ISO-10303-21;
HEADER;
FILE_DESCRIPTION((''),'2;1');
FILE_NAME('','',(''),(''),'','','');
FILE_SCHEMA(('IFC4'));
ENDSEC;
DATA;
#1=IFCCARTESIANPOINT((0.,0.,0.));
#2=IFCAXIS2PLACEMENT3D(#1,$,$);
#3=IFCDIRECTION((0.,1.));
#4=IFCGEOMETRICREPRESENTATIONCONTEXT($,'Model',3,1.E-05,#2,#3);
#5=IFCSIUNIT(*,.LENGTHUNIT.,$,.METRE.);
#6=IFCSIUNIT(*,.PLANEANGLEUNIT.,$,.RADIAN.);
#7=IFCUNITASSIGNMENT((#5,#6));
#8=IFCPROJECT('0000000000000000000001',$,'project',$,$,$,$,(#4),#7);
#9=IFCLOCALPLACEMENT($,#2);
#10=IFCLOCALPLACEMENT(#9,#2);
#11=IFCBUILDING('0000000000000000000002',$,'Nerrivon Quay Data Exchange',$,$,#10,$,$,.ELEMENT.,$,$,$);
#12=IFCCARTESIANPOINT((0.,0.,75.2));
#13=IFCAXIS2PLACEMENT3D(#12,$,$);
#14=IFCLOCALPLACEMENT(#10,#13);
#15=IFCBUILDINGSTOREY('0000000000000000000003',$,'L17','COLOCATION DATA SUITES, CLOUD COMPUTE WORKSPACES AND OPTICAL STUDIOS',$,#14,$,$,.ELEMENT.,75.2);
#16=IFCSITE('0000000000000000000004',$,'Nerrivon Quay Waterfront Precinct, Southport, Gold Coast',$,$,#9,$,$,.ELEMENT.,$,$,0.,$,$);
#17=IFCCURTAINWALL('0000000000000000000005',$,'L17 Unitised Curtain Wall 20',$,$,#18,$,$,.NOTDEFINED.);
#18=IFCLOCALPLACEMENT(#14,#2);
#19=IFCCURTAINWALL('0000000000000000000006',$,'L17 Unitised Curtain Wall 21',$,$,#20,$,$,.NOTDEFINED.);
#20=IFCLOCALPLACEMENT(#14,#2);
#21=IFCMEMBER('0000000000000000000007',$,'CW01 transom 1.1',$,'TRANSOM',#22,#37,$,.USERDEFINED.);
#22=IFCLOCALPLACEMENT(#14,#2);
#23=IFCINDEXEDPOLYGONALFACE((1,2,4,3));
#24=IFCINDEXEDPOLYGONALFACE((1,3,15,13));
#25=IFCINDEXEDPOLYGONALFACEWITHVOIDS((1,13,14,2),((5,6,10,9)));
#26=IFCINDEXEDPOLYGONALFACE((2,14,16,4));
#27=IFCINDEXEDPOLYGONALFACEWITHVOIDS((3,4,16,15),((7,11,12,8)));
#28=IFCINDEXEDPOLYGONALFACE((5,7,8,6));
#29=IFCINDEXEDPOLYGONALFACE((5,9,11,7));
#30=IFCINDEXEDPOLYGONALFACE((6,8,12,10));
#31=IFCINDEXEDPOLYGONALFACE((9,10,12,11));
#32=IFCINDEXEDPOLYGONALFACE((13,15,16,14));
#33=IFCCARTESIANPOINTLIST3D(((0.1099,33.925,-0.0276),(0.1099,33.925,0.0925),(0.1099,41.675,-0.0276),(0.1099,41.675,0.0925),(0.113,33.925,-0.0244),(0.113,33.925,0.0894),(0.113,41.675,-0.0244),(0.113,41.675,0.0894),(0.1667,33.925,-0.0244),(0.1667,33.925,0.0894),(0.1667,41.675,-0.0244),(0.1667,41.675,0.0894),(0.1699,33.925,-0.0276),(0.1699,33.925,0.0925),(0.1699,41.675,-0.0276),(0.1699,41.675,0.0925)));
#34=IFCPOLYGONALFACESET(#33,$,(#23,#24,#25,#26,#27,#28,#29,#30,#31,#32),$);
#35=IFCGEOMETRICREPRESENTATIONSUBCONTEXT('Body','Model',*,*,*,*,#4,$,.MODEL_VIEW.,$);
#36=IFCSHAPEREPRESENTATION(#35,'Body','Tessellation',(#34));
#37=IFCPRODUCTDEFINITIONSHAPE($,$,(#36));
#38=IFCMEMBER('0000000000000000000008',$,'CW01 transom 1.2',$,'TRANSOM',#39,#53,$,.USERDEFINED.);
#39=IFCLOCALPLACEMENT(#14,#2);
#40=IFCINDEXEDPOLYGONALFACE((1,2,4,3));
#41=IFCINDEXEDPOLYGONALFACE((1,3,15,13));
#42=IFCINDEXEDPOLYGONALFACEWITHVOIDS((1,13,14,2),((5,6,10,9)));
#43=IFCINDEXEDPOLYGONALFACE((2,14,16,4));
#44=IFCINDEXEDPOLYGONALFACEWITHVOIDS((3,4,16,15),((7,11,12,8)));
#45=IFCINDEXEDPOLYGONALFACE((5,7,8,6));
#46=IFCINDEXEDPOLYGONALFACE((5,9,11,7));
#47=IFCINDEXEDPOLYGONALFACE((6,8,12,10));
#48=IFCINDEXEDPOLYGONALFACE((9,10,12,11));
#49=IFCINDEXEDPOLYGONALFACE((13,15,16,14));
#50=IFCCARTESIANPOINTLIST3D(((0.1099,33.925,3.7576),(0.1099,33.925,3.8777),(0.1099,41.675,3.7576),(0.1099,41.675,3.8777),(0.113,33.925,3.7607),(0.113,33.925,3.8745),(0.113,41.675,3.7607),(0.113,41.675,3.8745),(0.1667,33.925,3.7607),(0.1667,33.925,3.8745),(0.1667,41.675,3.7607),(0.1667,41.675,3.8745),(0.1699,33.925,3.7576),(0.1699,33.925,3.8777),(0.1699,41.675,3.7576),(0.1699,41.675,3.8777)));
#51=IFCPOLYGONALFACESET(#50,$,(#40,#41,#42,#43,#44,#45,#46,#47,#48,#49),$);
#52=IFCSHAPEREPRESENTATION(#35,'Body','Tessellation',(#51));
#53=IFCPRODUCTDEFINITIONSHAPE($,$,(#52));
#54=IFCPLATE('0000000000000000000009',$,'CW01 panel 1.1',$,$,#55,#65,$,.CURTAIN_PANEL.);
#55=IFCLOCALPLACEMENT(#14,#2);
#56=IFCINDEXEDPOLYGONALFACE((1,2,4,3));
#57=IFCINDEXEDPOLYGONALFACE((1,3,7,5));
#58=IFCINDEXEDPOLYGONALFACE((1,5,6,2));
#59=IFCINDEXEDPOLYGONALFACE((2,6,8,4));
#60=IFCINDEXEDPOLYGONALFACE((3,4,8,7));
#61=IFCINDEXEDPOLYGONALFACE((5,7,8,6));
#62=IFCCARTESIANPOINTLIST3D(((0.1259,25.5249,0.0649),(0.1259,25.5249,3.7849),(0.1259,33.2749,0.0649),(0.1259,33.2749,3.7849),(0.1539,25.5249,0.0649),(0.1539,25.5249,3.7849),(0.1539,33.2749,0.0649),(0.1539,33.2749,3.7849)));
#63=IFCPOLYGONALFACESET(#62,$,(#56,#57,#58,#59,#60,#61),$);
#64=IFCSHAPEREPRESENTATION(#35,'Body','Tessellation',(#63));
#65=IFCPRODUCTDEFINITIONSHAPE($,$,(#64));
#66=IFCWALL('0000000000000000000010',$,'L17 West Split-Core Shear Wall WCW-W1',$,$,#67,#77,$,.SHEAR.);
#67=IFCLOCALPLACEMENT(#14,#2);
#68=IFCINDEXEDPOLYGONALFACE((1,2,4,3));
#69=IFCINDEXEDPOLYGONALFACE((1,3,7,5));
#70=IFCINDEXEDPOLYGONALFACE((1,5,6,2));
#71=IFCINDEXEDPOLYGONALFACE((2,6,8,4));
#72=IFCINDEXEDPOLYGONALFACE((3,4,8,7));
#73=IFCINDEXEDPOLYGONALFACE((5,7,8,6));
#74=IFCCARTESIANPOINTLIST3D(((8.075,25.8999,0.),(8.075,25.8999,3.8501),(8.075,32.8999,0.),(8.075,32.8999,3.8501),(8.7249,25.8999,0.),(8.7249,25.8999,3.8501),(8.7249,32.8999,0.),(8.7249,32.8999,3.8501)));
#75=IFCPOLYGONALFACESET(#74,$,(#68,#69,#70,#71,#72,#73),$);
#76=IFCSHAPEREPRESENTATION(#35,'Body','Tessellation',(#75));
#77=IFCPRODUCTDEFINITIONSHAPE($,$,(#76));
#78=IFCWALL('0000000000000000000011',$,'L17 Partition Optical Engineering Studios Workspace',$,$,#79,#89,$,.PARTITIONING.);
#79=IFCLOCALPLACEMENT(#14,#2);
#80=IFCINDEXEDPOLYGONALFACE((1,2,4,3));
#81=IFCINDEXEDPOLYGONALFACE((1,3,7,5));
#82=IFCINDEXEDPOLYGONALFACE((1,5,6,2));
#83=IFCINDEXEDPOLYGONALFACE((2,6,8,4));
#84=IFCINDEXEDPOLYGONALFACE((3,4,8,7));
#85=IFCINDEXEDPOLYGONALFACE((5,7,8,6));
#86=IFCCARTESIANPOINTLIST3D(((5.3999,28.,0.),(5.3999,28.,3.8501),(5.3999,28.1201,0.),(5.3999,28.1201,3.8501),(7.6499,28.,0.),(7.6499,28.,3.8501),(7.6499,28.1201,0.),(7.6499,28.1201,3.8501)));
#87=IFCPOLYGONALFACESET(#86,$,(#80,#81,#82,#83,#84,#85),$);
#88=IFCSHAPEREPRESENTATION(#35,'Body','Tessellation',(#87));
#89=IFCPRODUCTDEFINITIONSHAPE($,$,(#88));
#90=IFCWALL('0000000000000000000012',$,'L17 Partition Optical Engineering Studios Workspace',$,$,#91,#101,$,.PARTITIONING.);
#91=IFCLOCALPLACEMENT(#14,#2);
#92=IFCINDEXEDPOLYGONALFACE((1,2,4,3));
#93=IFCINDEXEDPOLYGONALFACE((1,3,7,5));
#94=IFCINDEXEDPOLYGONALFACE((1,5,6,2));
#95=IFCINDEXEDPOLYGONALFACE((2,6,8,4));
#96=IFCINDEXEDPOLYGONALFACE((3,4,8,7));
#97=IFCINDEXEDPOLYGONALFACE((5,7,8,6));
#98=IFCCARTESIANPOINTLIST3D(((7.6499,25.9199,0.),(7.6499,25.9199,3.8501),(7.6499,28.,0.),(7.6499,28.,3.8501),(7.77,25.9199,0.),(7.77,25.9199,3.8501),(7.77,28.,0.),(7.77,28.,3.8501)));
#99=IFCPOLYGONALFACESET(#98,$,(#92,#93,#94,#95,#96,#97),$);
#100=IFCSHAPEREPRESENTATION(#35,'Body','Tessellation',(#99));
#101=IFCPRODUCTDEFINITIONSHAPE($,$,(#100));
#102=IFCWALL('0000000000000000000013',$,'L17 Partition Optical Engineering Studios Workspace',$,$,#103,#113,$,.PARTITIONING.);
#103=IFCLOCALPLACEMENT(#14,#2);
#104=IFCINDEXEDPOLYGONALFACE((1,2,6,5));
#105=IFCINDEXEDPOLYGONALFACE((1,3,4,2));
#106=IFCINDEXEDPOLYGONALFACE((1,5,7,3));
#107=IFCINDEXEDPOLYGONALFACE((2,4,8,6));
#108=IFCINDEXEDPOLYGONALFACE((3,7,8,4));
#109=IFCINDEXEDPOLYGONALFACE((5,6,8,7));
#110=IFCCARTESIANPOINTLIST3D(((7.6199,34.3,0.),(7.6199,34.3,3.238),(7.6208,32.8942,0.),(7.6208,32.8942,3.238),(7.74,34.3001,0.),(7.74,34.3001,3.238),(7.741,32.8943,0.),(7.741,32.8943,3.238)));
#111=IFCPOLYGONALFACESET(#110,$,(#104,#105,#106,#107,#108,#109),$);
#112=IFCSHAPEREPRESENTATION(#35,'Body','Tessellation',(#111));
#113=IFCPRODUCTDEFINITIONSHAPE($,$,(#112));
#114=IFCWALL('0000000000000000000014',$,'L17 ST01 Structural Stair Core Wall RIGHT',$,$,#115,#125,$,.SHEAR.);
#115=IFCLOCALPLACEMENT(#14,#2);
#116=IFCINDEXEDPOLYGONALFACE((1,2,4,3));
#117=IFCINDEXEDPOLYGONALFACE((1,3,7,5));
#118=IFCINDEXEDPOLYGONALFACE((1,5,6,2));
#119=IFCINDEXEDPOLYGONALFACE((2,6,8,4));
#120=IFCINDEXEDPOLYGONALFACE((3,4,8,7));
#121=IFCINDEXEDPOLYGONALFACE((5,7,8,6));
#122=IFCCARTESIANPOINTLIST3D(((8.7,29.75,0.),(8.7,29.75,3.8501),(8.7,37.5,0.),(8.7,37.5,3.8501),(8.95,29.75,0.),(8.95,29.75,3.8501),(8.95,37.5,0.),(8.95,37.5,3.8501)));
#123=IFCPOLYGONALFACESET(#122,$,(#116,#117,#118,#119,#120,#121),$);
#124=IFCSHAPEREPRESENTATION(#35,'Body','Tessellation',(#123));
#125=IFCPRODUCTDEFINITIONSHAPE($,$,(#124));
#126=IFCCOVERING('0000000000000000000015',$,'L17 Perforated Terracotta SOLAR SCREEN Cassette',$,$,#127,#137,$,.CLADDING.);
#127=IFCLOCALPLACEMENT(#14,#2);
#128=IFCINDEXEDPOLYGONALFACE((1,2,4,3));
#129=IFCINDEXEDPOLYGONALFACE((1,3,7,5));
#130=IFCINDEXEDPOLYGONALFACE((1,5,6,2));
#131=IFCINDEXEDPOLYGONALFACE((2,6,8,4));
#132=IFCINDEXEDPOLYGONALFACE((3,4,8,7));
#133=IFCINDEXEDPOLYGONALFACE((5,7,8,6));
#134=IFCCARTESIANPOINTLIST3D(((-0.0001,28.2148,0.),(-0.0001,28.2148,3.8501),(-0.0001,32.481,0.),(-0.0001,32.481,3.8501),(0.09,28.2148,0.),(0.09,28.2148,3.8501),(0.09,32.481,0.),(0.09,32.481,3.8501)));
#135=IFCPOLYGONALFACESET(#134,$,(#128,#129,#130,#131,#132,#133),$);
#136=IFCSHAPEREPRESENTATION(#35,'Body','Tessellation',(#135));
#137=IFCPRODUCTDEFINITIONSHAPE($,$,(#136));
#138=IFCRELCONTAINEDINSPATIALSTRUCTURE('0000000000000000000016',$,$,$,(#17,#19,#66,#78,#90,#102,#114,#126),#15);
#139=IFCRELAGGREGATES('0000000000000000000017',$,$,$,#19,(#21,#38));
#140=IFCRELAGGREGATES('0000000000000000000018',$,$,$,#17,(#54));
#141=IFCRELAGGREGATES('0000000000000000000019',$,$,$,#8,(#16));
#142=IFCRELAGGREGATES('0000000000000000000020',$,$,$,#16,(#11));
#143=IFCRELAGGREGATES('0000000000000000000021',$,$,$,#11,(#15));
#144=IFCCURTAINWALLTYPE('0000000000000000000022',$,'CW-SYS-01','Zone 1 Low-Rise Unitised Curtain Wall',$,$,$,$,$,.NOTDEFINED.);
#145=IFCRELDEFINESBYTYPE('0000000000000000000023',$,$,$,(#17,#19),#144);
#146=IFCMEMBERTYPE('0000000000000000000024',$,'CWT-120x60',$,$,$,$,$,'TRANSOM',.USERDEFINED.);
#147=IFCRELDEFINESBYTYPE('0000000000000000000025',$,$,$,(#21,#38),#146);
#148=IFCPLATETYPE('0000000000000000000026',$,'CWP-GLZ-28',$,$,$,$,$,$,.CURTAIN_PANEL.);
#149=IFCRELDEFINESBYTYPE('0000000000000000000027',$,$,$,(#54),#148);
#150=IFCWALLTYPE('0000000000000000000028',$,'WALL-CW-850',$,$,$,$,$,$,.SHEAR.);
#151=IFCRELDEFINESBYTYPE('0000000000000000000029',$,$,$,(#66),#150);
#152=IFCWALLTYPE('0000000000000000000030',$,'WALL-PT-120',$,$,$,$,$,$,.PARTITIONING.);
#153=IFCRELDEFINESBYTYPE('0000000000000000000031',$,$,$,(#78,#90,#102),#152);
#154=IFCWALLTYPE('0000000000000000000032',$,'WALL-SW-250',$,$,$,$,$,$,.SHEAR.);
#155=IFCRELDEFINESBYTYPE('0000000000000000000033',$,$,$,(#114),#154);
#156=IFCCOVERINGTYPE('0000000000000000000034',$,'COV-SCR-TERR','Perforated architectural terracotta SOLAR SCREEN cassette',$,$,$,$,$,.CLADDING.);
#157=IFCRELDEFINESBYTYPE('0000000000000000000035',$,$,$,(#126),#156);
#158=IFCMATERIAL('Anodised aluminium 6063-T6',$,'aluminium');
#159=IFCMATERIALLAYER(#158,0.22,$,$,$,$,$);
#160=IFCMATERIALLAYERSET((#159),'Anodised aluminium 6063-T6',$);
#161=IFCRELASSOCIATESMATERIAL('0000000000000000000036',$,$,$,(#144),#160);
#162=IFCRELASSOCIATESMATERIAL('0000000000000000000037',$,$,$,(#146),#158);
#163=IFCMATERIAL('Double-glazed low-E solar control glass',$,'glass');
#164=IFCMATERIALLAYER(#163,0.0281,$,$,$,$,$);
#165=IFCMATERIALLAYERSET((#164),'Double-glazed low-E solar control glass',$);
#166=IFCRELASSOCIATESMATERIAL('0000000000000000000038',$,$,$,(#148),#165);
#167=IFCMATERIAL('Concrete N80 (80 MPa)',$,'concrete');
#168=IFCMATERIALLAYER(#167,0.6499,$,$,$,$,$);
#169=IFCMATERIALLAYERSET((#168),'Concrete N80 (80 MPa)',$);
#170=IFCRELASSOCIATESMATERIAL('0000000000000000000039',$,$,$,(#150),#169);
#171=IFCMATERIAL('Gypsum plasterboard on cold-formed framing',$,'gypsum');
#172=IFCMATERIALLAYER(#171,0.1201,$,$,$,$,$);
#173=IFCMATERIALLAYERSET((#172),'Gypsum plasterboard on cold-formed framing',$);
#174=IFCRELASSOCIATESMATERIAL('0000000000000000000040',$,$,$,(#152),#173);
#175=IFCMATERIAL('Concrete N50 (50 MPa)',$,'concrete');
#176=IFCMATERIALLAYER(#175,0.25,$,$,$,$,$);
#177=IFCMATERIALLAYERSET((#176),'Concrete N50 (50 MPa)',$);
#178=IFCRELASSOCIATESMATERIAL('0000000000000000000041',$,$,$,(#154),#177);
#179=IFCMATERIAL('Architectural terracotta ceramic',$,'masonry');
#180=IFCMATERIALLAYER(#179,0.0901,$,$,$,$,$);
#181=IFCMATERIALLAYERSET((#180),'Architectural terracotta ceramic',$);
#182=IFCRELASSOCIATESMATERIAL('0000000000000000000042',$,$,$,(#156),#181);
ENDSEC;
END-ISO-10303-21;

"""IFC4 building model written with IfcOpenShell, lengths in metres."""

from ifc_helpers import new_model, si_unit, direction, frame, frame_2d, origin, origin_2d, place, context, subcontext, project, spatial, rectangle, hollow_rectangle, extrude, material, layer, layer_set, material_profile, profile_set, type_object, element, aggregate, save


model = new_model("IFC4")

# Units and contexts
model_context = context("Model", 3, precision=1e-05, world=origin(), true_north=direction((0.0, 1.0)))
body_context = subcontext(model_context, "Body", "Model", "MODEL_VIEW")
ifc_project = project(units=[si_unit("LENGTHUNIT", "METRE"), si_unit("PLANEANGLEUNIT", "RADIAN")], contexts=[model_context])

# Site, building, storey
site_placement = place(None, origin())
site = spatial("IfcSite", under=ifc_project, at=site_placement, Name="Nerrivon Quay Waterfront Precinct, Southport, Gold Coast", CompositionType="ELEMENT", RefElevation=0.0)
building_placement = place(site_placement, origin())
building = spatial("IfcBuilding", under=site, at=building_placement, Name="Nerrivon Quay Data Exchange", CompositionType="ELEMENT")
storey_placement = place(building_placement, frame((0.0, 0.0, 75.2)))
storey = spatial("IfcBuildingStorey", under=building, at=storey_placement, Name="L17", Description="COLOCATION DATA SUITES, CLOUD COMPUTE WORKSPACES AND OPTICAL STUDIOS", CompositionType="ELEMENT", Elevation=75.2)

# Shared definitions
ifc_material_1 = material(Name="Concrete N80 (80 MPa)", Category="concrete")

# Curtain wall
ifc_material_2 = material(Name="Anodised aluminium 6063-T6", Category="aluminium")
ifc_layer_1 = layer(ifc_material_2, 0.22)
ifc_layer_set_1 = layer_set([ifc_layer_1], Name="Anodised aluminium 6063-T6")
curtain_wall_type = type_object("IfcCurtainWallType", Name="CW-SYS-01", Description="Zone 1 Low-Rise Unitised Curtain Wall", PredefinedType="NOTDEFINED", material=ifc_layer_set_1)
curtain_wall_1_placement = place(storey_placement, origin())
curtain_wall_1 = element("IfcCurtainWall", 1, at=curtain_wall_1_placement, inside=storey, type_object=curtain_wall_type, Name="L17 Unitised Curtain Wall 20", PredefinedType="NOTDEFINED")

# Curtain wall
curtain_wall_2_placement = place(storey_placement, origin())
curtain_wall_2 = element("IfcCurtainWall", 2, at=curtain_wall_2_placement, inside=storey, type_object=curtain_wall_type, Name="L17 Unitised Curtain Wall 21", PredefinedType="NOTDEFINED")

# Members
ifc_material_profile_1 = material_profile(ifc_material_2, hollow_rectangle(XDim=0.0601, YDim=0.1201, WallThickness=0.0032, at=origin_2d()), Name="ALU-TRAN-120x60")
ifc_profile_set_1 = profile_set([ifc_material_profile_1], Name="Anodised aluminium 6063-T6")
member_type_1 = type_object("IfcMemberType", Name="CWT-120x60", ElementType="TRANSOM", PredefinedType="USERDEFINED", material=ifc_profile_set_1)
member_1_placement = place(storey_placement, frame((0.1399, 33.925, 0.0325), z_axis=(0.0, 1.0, 0.0), x_axis=(-1.0, 0.0, 0.0)))
member_1 = element("IfcMember", 3, at=member_1_placement, type_object=member_type_1, Name="CW01 transom 1.1", ObjectType="TRANSOM", PredefinedType="USERDEFINED", context=body_context, shape_type="SweptSolid", body=[
    extrude(hollow_rectangle(XDim=0.0601, YDim=0.1201, WallThickness=0.0032, at=origin_2d()), origin(), (0.0, 0.0, 1.0), 7.75),
])
member_2_placement = place(storey_placement, frame((0.1399, 33.925, 3.8176), z_axis=(0.0, 1.0, 0.0), x_axis=(-1.0, 0.0, 0.0)))
member_2 = element("IfcMember", 4, at=member_2_placement, type_object=member_type_1, Name="CW01 transom 1.2", ObjectType="TRANSOM", PredefinedType="USERDEFINED", context=body_context, shape_type="SweptSolid", body=[
    extrude(hollow_rectangle(XDim=0.0601, YDim=0.1201, WallThickness=0.0032, at=origin_2d()), origin(), (0.0, 0.0, 1.0), 7.75),
])
aggregate(curtain_wall_2, [member_1, member_2])

# Plate
ifc_material_3 = material(Name="Double-glazed low-E solar control glass", Category="glass")
ifc_layer_2 = layer(ifc_material_3, 0.0281)
ifc_layer_set_2 = layer_set([ifc_layer_2], Name="Double-glazed low-E solar control glass")
plate_type = type_object("IfcPlateType", Name="CWP-GLZ-28", PredefinedType="CURTAIN_PANEL", material=ifc_layer_set_2)
plate_placement = place(storey_placement, frame((0.1399, 29.3999, 0.0649), z_axis=(0.0, 0.0, 1.0), x_axis=(0.0, 1.0, 0.0)))
plate = element("IfcPlate", 5, at=plate_placement, type_object=plate_type, Name="CW01 panel 1.1", PredefinedType="CURTAIN_PANEL", context=body_context, shape_type="SweptSolid", body=[
    extrude(rectangle(XDim=7.75, YDim=0.0281, at=origin_2d()), origin(), (0.0, 0.0, 1.0), 3.72),
])
aggregate(curtain_wall_1, [plate])

# Walls
ifc_layer_3 = layer(ifc_material_1, 0.6499)
ifc_layer_set_3 = layer_set([ifc_layer_3], Name="Concrete N80 (80 MPa)")
wall_type_1 = type_object("IfcWallType", Name="WALL-CW-850", PredefinedType="SHEAR", material=ifc_layer_set_3)
wall_1_placement = place(storey_placement, frame((8.3999, 25.8999, 0.0), z_axis=(0.0, 0.0, 1.0), x_axis=(0.0, 1.0, 0.0)))
element("IfcWall", 6, at=wall_1_placement, inside=storey, type_object=wall_type_1, Name="L17 West Split-Core Shear Wall WCW-W1", PredefinedType="SHEAR", context=body_context, shape_type="SweptSolid", body=[
    extrude(rectangle(XDim=7.0, YDim=0.6499, at=frame_2d((3.5, 0.0))), origin(), (0.0, 0.0, 1.0), 3.8501),
])
ifc_material_4 = material(Name="Gypsum plasterboard on cold-formed framing", Category="gypsum")
ifc_layer_4 = layer(ifc_material_4, 0.1201)
ifc_layer_set_4 = layer_set([ifc_layer_4], Name="Gypsum plasterboard on cold-formed framing")
wall_type_2 = type_object("IfcWallType", Name="WALL-PT-120", PredefinedType="PARTITIONING", material=ifc_layer_set_4)
wall_2_placement = place(storey_placement, frame((5.3999, 28.0601, 0.0), z_axis=(0.0, 0.0, 1.0), x_axis=(1.0, 0.0, 0.0)))
element("IfcWall", 7, at=wall_2_placement, inside=storey, type_object=wall_type_2, Name="L17 Partition Optical Engineering Studios Workspace", PredefinedType="PARTITIONING", context=body_context, shape_type="SweptSolid", body=[
    extrude(rectangle(XDim=2.25, YDim=0.1201, at=frame_2d((1.125, 0.0))), origin(), (0.0, 0.0, 1.0), 3.8501),
])
wall_3_placement = place(storey_placement, frame((7.71, 28.0, 0.0), z_axis=(0.0, 0.0, 1.0), x_axis=(0.0, -1.0, 0.0)))
element("IfcWall", 8, at=wall_3_placement, inside=storey, type_object=wall_type_2, Name="L17 Partition Optical Engineering Studios Workspace", PredefinedType="PARTITIONING", context=body_context, shape_type="SweptSolid", body=[
    extrude(rectangle(XDim=2.0801, YDim=0.1201, at=frame_2d((1.04, 0.0))), origin(), (0.0, 0.0, 1.0), 3.8501),
])
wall_4_placement = place(storey_placement, frame((7.6809, 32.8943, 0.0), z_axis=(0.0, 0.0, 1.0), x_axis=(-0.000695, 1.0, 0.0)))
element("IfcWall", 9, at=wall_4_placement, inside=storey, type_object=wall_type_2, Name="L17 Partition Optical Engineering Studios Workspace", PredefinedType="PARTITIONING", context=body_context, shape_type="SweptSolid", body=[
    extrude(rectangle(XDim=1.4058, YDim=0.1201, at=frame_2d((0.7029, 0.0))), origin(), (0.0, 0.0, 1.0), 3.238),
])
ifc_material_5 = material(Name="Concrete N50 (50 MPa)", Category="concrete")
ifc_layer_5 = layer(ifc_material_5, 0.25)
ifc_layer_set_5 = layer_set([ifc_layer_5], Name="Concrete N50 (50 MPa)")
wall_type_3 = type_object("IfcWallType", Name="WALL-SW-250", PredefinedType="SHEAR", material=ifc_layer_set_5)
wall_5_placement = place(storey_placement, frame((8.825, 29.75, 0.0), z_axis=(0.0, 0.0, 1.0), x_axis=(0.0, 1.0, 0.0)))
element("IfcWall", 10, at=wall_5_placement, inside=storey, type_object=wall_type_3, Name="L17 ST01 Structural Stair Core Wall RIGHT", PredefinedType="SHEAR", context=body_context, shape_type="SweptSolid", body=[
    extrude(rectangle(XDim=7.75, YDim=0.25, at=frame_2d((3.875, 0.0))), origin(), (0.0, 0.0, 1.0), 3.8501),
])

# Covering
ifc_material_6 = material(Name="Architectural terracotta ceramic", Category="masonry")
ifc_layer_6 = layer(ifc_material_6, 0.0901)
ifc_layer_set_6 = layer_set([ifc_layer_6], Name="Architectural terracotta ceramic")
covering_type = type_object("IfcCoveringType", Name="COV-SCR-TERR", Description="Perforated architectural terracotta SOLAR SCREEN cassette", PredefinedType="CLADDING", material=ifc_layer_set_6)
covering_placement = place(storey_placement, frame((0.0449, 30.3479, 0.0), z_axis=(0.0, 0.0, 1.0), x_axis=(0.0, 1.0, 0.0)))
element("IfcCovering", 11, at=covering_placement, inside=storey, type_object=covering_type, Name="L17 Perforated Terracotta SOLAR SCREEN Cassette", PredefinedType="CLADDING", context=body_context, shape_type="SweptSolid", body=[
    extrude(rectangle(XDim=4.2661, YDim=0.0901, at=origin_2d()), origin(), (0.0, 0.0, 1.0), 3.8501),
])

save(model, "model.ifc")
